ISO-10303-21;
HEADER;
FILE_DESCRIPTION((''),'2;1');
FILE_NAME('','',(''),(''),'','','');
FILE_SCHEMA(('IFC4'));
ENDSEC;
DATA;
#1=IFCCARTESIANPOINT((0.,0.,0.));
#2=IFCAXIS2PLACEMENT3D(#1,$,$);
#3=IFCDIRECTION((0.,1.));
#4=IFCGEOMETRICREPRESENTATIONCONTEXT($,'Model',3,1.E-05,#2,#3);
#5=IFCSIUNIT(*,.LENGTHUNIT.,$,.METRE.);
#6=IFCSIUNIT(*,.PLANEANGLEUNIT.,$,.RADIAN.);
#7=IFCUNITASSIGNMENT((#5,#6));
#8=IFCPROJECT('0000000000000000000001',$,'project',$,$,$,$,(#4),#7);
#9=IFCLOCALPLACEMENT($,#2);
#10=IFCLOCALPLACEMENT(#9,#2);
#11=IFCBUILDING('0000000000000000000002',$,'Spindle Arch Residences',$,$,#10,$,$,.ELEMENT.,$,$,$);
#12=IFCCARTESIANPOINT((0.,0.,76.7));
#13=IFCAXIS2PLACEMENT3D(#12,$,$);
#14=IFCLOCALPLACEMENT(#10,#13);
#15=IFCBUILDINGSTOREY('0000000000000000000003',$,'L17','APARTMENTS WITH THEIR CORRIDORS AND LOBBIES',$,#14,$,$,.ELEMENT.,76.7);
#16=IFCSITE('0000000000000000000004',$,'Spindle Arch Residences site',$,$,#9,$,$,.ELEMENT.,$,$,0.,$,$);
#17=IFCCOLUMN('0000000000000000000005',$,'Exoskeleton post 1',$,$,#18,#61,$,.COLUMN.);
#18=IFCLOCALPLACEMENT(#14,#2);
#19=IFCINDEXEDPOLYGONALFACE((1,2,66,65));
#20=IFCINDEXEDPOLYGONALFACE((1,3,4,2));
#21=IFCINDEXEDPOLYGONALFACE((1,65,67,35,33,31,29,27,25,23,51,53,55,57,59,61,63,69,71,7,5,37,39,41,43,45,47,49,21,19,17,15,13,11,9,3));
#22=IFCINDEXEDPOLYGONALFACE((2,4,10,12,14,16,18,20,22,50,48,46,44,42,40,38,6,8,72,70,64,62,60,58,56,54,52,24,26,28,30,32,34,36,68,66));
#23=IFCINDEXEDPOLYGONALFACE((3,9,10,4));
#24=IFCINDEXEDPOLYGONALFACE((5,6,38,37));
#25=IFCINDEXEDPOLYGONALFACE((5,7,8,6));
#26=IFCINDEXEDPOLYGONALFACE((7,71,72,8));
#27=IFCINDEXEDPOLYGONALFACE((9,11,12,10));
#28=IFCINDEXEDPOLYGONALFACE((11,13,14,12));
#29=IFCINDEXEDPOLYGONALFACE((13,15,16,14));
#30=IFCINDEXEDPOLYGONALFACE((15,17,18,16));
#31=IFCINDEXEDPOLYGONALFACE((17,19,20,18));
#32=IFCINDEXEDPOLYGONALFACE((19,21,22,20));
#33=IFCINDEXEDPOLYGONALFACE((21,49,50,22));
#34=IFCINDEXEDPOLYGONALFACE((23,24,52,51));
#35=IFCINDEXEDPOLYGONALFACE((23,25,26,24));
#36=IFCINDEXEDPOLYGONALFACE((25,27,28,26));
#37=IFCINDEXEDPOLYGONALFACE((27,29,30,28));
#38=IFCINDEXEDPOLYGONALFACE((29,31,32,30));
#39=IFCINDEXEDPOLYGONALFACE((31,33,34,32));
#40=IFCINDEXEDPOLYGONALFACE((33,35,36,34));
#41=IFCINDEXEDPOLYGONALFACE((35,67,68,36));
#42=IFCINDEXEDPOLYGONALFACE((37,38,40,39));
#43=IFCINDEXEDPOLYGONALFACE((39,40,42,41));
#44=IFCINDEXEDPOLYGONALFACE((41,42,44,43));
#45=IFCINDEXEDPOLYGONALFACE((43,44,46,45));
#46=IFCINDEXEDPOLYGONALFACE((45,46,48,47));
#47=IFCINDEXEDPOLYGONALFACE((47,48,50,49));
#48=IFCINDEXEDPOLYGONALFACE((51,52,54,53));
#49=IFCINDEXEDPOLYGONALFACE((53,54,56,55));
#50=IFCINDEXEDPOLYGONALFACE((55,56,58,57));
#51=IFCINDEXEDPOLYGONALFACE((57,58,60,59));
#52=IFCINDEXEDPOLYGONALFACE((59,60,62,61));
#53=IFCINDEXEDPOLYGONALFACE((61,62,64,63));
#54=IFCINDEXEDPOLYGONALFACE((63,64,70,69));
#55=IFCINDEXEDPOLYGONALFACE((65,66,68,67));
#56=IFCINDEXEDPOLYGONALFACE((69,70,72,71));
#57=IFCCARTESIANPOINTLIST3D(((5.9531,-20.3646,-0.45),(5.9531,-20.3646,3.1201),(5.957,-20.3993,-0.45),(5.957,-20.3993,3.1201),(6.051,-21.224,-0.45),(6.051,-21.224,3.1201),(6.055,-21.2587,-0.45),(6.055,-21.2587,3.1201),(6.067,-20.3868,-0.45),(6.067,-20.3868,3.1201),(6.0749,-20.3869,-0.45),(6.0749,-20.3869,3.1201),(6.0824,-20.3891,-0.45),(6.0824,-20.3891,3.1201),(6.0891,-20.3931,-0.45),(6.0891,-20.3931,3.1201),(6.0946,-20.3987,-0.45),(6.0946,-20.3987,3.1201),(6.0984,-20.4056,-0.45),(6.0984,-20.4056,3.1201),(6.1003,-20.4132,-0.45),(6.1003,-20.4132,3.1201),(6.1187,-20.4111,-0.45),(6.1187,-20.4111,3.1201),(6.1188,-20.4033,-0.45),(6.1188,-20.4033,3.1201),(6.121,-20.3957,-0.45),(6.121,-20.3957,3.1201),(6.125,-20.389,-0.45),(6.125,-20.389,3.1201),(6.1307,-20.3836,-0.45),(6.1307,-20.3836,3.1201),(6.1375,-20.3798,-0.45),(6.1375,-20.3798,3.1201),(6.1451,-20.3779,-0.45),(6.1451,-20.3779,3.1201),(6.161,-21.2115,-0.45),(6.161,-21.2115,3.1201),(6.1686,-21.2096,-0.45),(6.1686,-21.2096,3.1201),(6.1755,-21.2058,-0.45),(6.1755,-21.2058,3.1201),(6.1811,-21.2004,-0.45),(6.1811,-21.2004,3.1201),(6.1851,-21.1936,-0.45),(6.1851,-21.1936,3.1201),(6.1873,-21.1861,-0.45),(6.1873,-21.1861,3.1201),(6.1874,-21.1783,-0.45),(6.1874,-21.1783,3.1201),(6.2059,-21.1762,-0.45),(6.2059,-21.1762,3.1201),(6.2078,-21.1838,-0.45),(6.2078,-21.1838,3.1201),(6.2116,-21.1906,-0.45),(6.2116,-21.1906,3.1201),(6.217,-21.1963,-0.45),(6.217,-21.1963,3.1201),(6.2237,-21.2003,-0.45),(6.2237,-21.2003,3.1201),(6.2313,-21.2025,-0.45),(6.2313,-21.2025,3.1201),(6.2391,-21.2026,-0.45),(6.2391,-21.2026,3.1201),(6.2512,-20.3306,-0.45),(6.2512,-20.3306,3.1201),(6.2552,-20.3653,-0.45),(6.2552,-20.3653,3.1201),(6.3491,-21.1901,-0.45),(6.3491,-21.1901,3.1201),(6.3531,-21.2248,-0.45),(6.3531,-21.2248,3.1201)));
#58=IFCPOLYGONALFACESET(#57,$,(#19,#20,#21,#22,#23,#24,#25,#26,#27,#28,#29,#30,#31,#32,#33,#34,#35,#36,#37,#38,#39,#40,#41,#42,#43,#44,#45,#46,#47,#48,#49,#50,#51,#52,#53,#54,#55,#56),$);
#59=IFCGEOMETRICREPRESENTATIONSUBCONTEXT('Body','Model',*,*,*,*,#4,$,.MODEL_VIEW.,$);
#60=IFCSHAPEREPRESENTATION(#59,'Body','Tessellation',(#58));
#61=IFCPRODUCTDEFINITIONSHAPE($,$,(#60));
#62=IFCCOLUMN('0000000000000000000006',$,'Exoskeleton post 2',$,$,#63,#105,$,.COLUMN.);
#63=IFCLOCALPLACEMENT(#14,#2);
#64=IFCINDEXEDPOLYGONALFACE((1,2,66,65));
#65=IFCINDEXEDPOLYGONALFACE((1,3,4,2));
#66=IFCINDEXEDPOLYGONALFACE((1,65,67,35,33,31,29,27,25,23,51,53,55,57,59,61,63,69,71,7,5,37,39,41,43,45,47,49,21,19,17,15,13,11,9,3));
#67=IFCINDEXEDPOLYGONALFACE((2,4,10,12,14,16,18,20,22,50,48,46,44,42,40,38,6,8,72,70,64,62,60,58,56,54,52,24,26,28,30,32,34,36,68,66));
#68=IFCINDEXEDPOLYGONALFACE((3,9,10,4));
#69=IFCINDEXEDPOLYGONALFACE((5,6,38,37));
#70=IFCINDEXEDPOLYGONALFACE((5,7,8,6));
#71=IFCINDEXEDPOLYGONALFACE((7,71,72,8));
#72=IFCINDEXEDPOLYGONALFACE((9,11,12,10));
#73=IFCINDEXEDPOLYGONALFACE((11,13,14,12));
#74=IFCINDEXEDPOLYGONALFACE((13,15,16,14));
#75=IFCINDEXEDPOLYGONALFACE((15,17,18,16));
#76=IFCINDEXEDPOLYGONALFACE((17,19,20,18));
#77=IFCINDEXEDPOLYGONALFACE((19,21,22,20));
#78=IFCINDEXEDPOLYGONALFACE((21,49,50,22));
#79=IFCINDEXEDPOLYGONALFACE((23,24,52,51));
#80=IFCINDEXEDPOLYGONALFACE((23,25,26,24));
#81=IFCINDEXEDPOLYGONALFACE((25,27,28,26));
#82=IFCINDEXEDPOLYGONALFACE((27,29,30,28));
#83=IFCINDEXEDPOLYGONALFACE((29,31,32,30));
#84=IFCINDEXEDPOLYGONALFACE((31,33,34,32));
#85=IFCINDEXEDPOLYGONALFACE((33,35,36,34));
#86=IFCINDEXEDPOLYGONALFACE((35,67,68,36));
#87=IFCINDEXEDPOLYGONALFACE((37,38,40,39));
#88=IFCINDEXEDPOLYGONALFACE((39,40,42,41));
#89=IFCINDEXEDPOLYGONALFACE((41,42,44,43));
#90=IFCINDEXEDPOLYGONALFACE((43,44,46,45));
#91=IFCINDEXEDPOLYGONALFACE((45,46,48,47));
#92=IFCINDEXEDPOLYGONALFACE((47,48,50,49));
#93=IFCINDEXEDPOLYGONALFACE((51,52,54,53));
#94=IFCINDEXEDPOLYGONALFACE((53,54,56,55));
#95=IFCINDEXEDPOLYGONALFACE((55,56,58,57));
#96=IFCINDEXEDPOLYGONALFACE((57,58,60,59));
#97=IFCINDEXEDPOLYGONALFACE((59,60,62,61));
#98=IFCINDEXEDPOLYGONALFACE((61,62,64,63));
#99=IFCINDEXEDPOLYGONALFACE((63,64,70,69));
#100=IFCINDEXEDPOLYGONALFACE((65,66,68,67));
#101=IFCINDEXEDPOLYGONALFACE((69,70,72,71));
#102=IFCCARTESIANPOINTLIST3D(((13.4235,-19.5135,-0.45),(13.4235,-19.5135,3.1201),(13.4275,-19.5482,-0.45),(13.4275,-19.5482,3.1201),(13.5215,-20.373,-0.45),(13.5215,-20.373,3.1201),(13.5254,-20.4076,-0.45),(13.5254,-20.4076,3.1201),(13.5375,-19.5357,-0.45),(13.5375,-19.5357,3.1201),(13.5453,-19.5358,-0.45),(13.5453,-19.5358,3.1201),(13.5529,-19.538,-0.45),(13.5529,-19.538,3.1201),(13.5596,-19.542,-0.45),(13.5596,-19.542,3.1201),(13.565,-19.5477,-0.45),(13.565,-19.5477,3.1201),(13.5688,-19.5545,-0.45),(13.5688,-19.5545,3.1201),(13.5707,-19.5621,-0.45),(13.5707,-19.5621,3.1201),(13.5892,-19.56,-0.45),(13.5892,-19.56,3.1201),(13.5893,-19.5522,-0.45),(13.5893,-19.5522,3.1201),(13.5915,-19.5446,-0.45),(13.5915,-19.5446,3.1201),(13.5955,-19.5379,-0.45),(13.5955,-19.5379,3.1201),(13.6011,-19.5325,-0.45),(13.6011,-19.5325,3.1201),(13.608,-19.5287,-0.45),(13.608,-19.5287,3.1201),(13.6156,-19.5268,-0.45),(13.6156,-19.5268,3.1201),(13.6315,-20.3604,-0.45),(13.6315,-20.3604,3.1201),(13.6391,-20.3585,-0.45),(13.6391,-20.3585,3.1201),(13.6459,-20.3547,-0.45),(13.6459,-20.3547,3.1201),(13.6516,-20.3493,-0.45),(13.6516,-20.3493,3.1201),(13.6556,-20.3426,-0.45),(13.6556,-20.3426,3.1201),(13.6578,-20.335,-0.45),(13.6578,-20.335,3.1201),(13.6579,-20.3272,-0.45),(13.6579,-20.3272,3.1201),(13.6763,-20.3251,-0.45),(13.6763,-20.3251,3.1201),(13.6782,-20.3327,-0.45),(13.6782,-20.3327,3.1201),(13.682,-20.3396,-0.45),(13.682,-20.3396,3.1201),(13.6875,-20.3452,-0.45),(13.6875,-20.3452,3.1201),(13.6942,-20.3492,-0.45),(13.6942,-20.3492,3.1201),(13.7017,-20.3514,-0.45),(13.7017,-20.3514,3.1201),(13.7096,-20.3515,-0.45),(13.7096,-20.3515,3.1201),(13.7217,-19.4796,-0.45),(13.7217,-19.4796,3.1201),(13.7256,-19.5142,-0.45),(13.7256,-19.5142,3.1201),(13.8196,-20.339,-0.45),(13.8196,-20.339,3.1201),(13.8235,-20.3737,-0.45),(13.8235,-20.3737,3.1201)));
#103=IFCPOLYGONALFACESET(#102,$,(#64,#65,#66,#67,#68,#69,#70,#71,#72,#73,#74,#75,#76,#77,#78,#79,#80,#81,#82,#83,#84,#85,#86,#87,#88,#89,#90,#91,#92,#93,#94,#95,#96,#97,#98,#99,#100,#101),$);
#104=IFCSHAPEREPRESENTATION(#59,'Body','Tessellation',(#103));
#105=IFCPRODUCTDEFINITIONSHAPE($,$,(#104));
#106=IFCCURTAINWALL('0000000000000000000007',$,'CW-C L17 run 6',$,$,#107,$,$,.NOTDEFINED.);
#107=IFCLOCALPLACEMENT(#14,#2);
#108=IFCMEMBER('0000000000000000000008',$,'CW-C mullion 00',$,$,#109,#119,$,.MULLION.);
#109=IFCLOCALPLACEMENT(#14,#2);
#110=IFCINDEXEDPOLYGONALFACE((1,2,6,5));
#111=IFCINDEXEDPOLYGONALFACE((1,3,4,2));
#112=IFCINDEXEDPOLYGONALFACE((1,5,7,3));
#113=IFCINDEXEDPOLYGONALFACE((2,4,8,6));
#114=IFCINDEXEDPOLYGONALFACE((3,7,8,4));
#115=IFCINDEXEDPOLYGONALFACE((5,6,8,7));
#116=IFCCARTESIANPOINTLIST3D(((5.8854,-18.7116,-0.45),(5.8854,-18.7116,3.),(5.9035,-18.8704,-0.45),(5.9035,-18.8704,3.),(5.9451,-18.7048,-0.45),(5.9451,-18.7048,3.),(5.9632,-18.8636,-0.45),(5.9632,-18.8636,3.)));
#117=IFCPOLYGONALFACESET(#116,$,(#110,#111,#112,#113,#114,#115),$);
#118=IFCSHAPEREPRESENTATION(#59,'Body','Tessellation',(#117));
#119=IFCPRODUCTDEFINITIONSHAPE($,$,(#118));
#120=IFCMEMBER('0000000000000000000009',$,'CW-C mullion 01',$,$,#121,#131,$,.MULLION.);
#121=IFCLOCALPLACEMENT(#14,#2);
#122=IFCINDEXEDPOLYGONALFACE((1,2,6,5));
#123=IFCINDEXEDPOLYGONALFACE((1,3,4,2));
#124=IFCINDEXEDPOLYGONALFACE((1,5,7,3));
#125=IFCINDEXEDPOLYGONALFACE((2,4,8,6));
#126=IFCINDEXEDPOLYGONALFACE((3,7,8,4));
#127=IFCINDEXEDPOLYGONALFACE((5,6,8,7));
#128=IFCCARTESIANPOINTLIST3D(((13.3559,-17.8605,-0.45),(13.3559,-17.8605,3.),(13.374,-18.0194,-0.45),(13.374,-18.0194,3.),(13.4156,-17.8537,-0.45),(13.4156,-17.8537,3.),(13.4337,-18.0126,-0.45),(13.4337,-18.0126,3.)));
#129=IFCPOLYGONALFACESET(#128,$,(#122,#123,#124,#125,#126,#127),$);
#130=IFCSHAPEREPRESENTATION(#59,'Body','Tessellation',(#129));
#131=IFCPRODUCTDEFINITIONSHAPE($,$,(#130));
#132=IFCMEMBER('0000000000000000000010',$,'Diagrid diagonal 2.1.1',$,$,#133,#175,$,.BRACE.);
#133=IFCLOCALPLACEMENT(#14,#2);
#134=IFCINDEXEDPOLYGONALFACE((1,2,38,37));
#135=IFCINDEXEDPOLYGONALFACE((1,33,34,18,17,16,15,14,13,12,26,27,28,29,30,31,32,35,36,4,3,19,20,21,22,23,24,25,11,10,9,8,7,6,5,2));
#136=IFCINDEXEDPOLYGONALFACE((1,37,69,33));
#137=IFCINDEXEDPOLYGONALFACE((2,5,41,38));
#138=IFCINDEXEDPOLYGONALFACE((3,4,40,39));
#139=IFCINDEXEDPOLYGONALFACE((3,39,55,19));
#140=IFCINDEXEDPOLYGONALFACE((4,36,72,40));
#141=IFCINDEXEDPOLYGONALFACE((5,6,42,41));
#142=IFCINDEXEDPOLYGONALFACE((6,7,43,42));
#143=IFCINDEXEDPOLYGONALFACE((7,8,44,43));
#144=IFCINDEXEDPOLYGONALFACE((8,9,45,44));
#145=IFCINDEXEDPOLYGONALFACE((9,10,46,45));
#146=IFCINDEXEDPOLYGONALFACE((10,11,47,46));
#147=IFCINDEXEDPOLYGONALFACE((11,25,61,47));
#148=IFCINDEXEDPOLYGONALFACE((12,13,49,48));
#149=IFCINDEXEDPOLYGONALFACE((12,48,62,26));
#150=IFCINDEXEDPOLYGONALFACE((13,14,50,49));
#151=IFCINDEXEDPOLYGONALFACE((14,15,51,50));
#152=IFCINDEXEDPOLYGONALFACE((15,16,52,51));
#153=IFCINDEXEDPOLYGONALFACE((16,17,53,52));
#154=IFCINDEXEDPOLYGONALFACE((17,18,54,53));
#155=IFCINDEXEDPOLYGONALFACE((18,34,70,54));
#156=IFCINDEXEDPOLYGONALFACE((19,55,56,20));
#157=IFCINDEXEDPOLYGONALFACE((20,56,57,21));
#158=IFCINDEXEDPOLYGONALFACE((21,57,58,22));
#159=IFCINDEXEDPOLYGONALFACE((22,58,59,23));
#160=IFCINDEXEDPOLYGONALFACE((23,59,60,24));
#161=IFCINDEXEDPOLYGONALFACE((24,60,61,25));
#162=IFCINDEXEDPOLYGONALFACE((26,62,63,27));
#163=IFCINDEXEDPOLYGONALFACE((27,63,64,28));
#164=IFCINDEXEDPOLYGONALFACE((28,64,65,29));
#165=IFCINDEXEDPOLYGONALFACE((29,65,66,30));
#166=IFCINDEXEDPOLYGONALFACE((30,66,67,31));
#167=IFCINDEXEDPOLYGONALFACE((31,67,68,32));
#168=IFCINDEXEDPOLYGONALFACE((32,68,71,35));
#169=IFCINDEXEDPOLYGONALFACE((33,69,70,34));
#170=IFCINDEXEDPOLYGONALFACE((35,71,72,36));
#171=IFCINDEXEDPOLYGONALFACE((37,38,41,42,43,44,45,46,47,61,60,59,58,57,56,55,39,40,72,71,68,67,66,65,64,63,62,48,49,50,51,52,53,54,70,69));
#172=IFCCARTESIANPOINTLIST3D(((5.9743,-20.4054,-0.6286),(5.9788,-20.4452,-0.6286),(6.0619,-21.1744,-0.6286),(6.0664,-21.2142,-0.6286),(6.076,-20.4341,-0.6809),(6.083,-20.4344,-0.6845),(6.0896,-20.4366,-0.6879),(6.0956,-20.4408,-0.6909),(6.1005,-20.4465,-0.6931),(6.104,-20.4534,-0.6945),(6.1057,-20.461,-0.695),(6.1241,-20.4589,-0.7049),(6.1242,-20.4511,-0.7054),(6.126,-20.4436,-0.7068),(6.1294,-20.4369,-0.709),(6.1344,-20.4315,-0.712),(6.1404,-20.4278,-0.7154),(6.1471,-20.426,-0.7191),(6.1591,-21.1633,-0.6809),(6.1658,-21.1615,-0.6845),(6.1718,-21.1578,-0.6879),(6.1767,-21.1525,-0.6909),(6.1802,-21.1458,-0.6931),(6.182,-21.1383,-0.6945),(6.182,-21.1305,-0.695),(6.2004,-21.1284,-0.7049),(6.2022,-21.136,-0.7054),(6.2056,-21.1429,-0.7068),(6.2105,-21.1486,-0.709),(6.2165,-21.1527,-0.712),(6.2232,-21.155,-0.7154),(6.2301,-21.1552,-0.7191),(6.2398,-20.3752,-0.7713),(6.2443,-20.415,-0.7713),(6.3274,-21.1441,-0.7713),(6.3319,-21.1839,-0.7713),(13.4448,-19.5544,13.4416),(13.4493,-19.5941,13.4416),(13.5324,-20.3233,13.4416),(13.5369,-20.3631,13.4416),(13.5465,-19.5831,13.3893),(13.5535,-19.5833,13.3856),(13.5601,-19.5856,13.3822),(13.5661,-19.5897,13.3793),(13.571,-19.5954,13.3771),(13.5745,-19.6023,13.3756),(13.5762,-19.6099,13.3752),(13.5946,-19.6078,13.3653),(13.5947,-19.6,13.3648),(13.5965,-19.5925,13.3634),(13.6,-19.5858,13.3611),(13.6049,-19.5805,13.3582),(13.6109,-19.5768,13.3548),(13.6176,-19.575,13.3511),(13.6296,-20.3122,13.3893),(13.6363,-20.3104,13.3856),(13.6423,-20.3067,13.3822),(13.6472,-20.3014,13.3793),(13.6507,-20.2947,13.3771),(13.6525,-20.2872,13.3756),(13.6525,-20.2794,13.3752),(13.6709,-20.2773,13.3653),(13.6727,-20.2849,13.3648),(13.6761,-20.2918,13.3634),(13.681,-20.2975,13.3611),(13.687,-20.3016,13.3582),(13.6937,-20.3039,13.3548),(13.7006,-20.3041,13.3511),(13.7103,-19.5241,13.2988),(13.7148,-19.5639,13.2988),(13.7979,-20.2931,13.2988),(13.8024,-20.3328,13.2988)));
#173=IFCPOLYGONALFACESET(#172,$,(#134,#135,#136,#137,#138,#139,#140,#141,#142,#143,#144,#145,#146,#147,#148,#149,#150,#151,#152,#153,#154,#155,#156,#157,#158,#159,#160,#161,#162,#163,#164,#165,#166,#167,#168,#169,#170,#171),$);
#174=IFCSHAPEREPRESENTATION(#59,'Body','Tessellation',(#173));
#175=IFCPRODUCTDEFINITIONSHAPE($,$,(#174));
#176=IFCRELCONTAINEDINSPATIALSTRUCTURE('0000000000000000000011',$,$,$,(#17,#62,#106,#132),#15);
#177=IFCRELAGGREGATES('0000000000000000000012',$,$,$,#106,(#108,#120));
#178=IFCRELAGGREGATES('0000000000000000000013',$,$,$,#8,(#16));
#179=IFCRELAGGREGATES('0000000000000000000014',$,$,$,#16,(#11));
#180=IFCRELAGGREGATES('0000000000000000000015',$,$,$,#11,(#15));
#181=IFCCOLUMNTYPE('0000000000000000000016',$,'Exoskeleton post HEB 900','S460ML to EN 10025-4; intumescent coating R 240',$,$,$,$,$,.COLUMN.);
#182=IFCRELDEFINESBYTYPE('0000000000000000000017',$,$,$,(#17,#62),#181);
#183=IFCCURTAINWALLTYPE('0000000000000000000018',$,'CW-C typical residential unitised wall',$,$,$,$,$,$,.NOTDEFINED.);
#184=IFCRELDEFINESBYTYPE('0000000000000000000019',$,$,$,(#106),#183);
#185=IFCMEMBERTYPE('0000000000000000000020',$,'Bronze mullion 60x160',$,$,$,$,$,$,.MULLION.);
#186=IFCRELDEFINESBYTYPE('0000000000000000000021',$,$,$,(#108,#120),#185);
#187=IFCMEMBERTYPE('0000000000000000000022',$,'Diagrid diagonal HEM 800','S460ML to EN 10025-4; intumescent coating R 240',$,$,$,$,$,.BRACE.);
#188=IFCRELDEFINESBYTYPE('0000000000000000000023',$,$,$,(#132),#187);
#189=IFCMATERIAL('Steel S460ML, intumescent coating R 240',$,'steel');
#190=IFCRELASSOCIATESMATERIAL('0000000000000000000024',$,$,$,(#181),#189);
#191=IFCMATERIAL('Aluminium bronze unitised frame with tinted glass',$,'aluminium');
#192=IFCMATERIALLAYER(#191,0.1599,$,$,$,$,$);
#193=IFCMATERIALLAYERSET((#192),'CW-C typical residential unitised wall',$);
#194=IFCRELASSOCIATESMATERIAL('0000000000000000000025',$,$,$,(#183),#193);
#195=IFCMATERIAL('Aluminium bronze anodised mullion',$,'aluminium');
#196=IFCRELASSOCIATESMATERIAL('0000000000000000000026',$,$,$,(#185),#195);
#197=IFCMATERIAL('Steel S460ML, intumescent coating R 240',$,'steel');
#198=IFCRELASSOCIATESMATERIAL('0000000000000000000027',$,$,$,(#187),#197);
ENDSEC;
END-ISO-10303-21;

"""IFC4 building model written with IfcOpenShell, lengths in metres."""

from ifc_helpers import new_model, si_unit, direction, frame, origin, origin_2d, place, context, subcontext, project, spatial, rectangle, i_section, extrude, material, layer, layer_set, material_profile, profile_set, type_object, element, aggregate, save


model = new_model("IFC4")

# Units and contexts
model_context = context("Model", 3, precision=1e-05, world=origin(), true_north=direction((0.0, 1.0)))
body_context = subcontext(model_context, "Body", "Model", "MODEL_VIEW")
ifc_project = project(units=[si_unit("LENGTHUNIT", "METRE"), si_unit("PLANEANGLEUNIT", "RADIAN")], contexts=[model_context])

# Site, building, storey
site_placement = place(None, origin())
site = spatial("IfcSite", under=ifc_project, at=site_placement, Name="Spindle Arch Residences site", CompositionType="ELEMENT", RefElevation=0.0)
building_placement = place(site_placement, origin())
building = spatial("IfcBuilding", under=site, at=building_placement, Name="Spindle Arch Residences", CompositionType="ELEMENT")
storey_placement = place(building_placement, frame((0.0, 0.0, 76.7)))
storey = spatial("IfcBuildingStorey", under=building, at=storey_placement, Name="L17", Description="APARTMENTS WITH THEIR CORRIDORS AND LOBBIES", CompositionType="ELEMENT", Elevation=76.7)

# Columns
ifc_material_1 = material(Name="Steel S460ML, intumescent coating R 240", Category="steel")
ifc_material_profile_1 = material_profile(ifc_material_1, i_section(OverallWidth=0.3, OverallDepth=0.8999, WebThickness=0.0186, FlangeThickness=0.0349, FilletRadius=0.03, at=origin_2d()), Name="HEB 900")
ifc_profile_set_1 = profile_set([ifc_material_profile_1], Name="Steel S460ML, intumescent coating R 240")
column_type = type_object("IfcColumnType", Name="Exoskeleton post HEB 900", Description="S460ML to EN 10025-4; intumescent coating R 240", PredefinedType="COLUMN", material=ifc_profile_set_1)
for number, where, z_axis, x_axis, name in (
    (1, (6.1531, -20.7947, -0.45), (0.0, 0.0, 1.0), (-0.993572, -0.113203, 0.0), "Exoskeleton post 1"),
    (2, (13.6235, -19.9436, -0.45), (0.0, 0.0, 1.0), (-0.993572, -0.113203, 0.0), "Exoskeleton post 2"),
):
    element("IfcColumn", number, at=place(storey_placement, frame(where, z_axis=z_axis, x_axis=x_axis)), inside=storey, type_object=column_type, Name=name, PredefinedType="COLUMN", context=body_context, shape_type="SweptSolid", body=[
        extrude(i_section(OverallWidth=0.3, OverallDepth=0.8999, WebThickness=0.0186, FlangeThickness=0.0349, FilletRadius=0.03, at=origin_2d()), origin(), (0.0, 0.0, 1.0), 3.5701),
    ])

# Curtain wall, members
ifc_material_2 = material(Name="Aluminium bronze unitised frame with tinted glass", Category="aluminium")
ifc_layer_1 = layer(ifc_material_2, 0.1599)
ifc_layer_set_1 = layer_set([ifc_layer_1], Name="CW-C typical residential unitised wall")
curtain_wall_type = type_object("IfcCurtainWallType", Name="CW-C typical residential unitised wall", PredefinedType="NOTDEFINED", material=ifc_layer_set_1)
curtain_wall_placement = place(storey_placement, origin())
curtain_wall = element("IfcCurtainWall", 3, at=curtain_wall_placement, inside=storey, type_object=curtain_wall_type, Name="CW-C L17 run 6", PredefinedType="NOTDEFINED")
ifc_material_3 = material(Name="Aluminium bronze anodised mullion", Category="aluminium")
ifc_material_profile_2 = material_profile(ifc_material_3, rectangle(XDim=0.1599, YDim=0.0601, at=origin_2d()), Name="MU 60x160")
ifc_profile_set_2 = profile_set([ifc_material_profile_2], Name="Aluminium bronze anodised mullion")
member_type_1 = type_object("IfcMemberType", Name="Bronze mullion 60x160", PredefinedType="MULLION", material=ifc_profile_set_2)
member_1_placement = place(storey_placement, frame((5.9243, -18.7876, -0.45), z_axis=(0.0, 0.0, 1.0), x_axis=(-0.113203, 0.993572, 0.0)))
member_1 = element("IfcMember", 4, at=member_1_placement, type_object=member_type_1, Name="CW-C mullion 00", PredefinedType="MULLION", context=body_context, shape_type="SweptSolid", body=[
    extrude(rectangle(XDim=0.1599, YDim=0.0601, at=origin_2d()), origin(), (0.0, 0.0, 1.0), 3.45),
])
member_2_placement = place(storey_placement, frame((13.3948, -17.9365, -0.45), z_axis=(0.0, 0.0, 1.0), x_axis=(-0.113203, 0.993572, 0.0)))
member_2 = element("IfcMember", 5, at=member_2_placement, type_object=member_type_1, Name="CW-C mullion 01", PredefinedType="MULLION", context=body_context, shape_type="SweptSolid", body=[
    extrude(rectangle(XDim=0.1599, YDim=0.0601, at=origin_2d()), origin(), (0.0, 0.0, 1.0), 3.45),
])

# Member
ifc_material_4 = material(Name="Steel S460ML, intumescent coating R 240", Category="steel")
ifc_material_profile_3 = material_profile(ifc_material_4, i_section(OverallWidth=0.303, OverallDepth=0.814, WebThickness=0.021, FlangeThickness=0.04, FilletRadius=0.03, at=origin_2d()), Name="HEM 800")
ifc_profile_set_3 = profile_set([ifc_material_profile_3], Name="Steel S460ML, intumescent coating R 240")
member_type_2 = type_object("IfcMemberType", Name="Diagrid diagonal HEM 800", Description="S460ML to EN 10025-4; intumescent coating R 240", PredefinedType="BRACE", material=ifc_profile_set_3)
for number, where, z_axis, x_axis, name in (
    (6, (6.1531, -20.7947, -0.7), (0.468279, 0.053349, 0.881969), (-0.8763, -0.099833, 0.471308), "Diagrid diagonal 2.1.1"),
):
    element("IfcMember", number, at=place(storey_placement, frame(where, z_axis=z_axis, x_axis=x_axis)), inside=storey, type_object=member_type_2, Name=name, PredefinedType="BRACE", context=body_context, shape_type="SweptSolid", body=[
        extrude(i_section(OverallWidth=0.303, OverallDepth=0.814, WebThickness=0.021, FlangeThickness=0.04, FilletRadius=0.03, at=origin_2d()), origin(), (0.0, 0.0, 1.0), 15.9531),
    ])

aggregate(curtain_wall, [member_1, member_2])

save(model, "model.ifc")
